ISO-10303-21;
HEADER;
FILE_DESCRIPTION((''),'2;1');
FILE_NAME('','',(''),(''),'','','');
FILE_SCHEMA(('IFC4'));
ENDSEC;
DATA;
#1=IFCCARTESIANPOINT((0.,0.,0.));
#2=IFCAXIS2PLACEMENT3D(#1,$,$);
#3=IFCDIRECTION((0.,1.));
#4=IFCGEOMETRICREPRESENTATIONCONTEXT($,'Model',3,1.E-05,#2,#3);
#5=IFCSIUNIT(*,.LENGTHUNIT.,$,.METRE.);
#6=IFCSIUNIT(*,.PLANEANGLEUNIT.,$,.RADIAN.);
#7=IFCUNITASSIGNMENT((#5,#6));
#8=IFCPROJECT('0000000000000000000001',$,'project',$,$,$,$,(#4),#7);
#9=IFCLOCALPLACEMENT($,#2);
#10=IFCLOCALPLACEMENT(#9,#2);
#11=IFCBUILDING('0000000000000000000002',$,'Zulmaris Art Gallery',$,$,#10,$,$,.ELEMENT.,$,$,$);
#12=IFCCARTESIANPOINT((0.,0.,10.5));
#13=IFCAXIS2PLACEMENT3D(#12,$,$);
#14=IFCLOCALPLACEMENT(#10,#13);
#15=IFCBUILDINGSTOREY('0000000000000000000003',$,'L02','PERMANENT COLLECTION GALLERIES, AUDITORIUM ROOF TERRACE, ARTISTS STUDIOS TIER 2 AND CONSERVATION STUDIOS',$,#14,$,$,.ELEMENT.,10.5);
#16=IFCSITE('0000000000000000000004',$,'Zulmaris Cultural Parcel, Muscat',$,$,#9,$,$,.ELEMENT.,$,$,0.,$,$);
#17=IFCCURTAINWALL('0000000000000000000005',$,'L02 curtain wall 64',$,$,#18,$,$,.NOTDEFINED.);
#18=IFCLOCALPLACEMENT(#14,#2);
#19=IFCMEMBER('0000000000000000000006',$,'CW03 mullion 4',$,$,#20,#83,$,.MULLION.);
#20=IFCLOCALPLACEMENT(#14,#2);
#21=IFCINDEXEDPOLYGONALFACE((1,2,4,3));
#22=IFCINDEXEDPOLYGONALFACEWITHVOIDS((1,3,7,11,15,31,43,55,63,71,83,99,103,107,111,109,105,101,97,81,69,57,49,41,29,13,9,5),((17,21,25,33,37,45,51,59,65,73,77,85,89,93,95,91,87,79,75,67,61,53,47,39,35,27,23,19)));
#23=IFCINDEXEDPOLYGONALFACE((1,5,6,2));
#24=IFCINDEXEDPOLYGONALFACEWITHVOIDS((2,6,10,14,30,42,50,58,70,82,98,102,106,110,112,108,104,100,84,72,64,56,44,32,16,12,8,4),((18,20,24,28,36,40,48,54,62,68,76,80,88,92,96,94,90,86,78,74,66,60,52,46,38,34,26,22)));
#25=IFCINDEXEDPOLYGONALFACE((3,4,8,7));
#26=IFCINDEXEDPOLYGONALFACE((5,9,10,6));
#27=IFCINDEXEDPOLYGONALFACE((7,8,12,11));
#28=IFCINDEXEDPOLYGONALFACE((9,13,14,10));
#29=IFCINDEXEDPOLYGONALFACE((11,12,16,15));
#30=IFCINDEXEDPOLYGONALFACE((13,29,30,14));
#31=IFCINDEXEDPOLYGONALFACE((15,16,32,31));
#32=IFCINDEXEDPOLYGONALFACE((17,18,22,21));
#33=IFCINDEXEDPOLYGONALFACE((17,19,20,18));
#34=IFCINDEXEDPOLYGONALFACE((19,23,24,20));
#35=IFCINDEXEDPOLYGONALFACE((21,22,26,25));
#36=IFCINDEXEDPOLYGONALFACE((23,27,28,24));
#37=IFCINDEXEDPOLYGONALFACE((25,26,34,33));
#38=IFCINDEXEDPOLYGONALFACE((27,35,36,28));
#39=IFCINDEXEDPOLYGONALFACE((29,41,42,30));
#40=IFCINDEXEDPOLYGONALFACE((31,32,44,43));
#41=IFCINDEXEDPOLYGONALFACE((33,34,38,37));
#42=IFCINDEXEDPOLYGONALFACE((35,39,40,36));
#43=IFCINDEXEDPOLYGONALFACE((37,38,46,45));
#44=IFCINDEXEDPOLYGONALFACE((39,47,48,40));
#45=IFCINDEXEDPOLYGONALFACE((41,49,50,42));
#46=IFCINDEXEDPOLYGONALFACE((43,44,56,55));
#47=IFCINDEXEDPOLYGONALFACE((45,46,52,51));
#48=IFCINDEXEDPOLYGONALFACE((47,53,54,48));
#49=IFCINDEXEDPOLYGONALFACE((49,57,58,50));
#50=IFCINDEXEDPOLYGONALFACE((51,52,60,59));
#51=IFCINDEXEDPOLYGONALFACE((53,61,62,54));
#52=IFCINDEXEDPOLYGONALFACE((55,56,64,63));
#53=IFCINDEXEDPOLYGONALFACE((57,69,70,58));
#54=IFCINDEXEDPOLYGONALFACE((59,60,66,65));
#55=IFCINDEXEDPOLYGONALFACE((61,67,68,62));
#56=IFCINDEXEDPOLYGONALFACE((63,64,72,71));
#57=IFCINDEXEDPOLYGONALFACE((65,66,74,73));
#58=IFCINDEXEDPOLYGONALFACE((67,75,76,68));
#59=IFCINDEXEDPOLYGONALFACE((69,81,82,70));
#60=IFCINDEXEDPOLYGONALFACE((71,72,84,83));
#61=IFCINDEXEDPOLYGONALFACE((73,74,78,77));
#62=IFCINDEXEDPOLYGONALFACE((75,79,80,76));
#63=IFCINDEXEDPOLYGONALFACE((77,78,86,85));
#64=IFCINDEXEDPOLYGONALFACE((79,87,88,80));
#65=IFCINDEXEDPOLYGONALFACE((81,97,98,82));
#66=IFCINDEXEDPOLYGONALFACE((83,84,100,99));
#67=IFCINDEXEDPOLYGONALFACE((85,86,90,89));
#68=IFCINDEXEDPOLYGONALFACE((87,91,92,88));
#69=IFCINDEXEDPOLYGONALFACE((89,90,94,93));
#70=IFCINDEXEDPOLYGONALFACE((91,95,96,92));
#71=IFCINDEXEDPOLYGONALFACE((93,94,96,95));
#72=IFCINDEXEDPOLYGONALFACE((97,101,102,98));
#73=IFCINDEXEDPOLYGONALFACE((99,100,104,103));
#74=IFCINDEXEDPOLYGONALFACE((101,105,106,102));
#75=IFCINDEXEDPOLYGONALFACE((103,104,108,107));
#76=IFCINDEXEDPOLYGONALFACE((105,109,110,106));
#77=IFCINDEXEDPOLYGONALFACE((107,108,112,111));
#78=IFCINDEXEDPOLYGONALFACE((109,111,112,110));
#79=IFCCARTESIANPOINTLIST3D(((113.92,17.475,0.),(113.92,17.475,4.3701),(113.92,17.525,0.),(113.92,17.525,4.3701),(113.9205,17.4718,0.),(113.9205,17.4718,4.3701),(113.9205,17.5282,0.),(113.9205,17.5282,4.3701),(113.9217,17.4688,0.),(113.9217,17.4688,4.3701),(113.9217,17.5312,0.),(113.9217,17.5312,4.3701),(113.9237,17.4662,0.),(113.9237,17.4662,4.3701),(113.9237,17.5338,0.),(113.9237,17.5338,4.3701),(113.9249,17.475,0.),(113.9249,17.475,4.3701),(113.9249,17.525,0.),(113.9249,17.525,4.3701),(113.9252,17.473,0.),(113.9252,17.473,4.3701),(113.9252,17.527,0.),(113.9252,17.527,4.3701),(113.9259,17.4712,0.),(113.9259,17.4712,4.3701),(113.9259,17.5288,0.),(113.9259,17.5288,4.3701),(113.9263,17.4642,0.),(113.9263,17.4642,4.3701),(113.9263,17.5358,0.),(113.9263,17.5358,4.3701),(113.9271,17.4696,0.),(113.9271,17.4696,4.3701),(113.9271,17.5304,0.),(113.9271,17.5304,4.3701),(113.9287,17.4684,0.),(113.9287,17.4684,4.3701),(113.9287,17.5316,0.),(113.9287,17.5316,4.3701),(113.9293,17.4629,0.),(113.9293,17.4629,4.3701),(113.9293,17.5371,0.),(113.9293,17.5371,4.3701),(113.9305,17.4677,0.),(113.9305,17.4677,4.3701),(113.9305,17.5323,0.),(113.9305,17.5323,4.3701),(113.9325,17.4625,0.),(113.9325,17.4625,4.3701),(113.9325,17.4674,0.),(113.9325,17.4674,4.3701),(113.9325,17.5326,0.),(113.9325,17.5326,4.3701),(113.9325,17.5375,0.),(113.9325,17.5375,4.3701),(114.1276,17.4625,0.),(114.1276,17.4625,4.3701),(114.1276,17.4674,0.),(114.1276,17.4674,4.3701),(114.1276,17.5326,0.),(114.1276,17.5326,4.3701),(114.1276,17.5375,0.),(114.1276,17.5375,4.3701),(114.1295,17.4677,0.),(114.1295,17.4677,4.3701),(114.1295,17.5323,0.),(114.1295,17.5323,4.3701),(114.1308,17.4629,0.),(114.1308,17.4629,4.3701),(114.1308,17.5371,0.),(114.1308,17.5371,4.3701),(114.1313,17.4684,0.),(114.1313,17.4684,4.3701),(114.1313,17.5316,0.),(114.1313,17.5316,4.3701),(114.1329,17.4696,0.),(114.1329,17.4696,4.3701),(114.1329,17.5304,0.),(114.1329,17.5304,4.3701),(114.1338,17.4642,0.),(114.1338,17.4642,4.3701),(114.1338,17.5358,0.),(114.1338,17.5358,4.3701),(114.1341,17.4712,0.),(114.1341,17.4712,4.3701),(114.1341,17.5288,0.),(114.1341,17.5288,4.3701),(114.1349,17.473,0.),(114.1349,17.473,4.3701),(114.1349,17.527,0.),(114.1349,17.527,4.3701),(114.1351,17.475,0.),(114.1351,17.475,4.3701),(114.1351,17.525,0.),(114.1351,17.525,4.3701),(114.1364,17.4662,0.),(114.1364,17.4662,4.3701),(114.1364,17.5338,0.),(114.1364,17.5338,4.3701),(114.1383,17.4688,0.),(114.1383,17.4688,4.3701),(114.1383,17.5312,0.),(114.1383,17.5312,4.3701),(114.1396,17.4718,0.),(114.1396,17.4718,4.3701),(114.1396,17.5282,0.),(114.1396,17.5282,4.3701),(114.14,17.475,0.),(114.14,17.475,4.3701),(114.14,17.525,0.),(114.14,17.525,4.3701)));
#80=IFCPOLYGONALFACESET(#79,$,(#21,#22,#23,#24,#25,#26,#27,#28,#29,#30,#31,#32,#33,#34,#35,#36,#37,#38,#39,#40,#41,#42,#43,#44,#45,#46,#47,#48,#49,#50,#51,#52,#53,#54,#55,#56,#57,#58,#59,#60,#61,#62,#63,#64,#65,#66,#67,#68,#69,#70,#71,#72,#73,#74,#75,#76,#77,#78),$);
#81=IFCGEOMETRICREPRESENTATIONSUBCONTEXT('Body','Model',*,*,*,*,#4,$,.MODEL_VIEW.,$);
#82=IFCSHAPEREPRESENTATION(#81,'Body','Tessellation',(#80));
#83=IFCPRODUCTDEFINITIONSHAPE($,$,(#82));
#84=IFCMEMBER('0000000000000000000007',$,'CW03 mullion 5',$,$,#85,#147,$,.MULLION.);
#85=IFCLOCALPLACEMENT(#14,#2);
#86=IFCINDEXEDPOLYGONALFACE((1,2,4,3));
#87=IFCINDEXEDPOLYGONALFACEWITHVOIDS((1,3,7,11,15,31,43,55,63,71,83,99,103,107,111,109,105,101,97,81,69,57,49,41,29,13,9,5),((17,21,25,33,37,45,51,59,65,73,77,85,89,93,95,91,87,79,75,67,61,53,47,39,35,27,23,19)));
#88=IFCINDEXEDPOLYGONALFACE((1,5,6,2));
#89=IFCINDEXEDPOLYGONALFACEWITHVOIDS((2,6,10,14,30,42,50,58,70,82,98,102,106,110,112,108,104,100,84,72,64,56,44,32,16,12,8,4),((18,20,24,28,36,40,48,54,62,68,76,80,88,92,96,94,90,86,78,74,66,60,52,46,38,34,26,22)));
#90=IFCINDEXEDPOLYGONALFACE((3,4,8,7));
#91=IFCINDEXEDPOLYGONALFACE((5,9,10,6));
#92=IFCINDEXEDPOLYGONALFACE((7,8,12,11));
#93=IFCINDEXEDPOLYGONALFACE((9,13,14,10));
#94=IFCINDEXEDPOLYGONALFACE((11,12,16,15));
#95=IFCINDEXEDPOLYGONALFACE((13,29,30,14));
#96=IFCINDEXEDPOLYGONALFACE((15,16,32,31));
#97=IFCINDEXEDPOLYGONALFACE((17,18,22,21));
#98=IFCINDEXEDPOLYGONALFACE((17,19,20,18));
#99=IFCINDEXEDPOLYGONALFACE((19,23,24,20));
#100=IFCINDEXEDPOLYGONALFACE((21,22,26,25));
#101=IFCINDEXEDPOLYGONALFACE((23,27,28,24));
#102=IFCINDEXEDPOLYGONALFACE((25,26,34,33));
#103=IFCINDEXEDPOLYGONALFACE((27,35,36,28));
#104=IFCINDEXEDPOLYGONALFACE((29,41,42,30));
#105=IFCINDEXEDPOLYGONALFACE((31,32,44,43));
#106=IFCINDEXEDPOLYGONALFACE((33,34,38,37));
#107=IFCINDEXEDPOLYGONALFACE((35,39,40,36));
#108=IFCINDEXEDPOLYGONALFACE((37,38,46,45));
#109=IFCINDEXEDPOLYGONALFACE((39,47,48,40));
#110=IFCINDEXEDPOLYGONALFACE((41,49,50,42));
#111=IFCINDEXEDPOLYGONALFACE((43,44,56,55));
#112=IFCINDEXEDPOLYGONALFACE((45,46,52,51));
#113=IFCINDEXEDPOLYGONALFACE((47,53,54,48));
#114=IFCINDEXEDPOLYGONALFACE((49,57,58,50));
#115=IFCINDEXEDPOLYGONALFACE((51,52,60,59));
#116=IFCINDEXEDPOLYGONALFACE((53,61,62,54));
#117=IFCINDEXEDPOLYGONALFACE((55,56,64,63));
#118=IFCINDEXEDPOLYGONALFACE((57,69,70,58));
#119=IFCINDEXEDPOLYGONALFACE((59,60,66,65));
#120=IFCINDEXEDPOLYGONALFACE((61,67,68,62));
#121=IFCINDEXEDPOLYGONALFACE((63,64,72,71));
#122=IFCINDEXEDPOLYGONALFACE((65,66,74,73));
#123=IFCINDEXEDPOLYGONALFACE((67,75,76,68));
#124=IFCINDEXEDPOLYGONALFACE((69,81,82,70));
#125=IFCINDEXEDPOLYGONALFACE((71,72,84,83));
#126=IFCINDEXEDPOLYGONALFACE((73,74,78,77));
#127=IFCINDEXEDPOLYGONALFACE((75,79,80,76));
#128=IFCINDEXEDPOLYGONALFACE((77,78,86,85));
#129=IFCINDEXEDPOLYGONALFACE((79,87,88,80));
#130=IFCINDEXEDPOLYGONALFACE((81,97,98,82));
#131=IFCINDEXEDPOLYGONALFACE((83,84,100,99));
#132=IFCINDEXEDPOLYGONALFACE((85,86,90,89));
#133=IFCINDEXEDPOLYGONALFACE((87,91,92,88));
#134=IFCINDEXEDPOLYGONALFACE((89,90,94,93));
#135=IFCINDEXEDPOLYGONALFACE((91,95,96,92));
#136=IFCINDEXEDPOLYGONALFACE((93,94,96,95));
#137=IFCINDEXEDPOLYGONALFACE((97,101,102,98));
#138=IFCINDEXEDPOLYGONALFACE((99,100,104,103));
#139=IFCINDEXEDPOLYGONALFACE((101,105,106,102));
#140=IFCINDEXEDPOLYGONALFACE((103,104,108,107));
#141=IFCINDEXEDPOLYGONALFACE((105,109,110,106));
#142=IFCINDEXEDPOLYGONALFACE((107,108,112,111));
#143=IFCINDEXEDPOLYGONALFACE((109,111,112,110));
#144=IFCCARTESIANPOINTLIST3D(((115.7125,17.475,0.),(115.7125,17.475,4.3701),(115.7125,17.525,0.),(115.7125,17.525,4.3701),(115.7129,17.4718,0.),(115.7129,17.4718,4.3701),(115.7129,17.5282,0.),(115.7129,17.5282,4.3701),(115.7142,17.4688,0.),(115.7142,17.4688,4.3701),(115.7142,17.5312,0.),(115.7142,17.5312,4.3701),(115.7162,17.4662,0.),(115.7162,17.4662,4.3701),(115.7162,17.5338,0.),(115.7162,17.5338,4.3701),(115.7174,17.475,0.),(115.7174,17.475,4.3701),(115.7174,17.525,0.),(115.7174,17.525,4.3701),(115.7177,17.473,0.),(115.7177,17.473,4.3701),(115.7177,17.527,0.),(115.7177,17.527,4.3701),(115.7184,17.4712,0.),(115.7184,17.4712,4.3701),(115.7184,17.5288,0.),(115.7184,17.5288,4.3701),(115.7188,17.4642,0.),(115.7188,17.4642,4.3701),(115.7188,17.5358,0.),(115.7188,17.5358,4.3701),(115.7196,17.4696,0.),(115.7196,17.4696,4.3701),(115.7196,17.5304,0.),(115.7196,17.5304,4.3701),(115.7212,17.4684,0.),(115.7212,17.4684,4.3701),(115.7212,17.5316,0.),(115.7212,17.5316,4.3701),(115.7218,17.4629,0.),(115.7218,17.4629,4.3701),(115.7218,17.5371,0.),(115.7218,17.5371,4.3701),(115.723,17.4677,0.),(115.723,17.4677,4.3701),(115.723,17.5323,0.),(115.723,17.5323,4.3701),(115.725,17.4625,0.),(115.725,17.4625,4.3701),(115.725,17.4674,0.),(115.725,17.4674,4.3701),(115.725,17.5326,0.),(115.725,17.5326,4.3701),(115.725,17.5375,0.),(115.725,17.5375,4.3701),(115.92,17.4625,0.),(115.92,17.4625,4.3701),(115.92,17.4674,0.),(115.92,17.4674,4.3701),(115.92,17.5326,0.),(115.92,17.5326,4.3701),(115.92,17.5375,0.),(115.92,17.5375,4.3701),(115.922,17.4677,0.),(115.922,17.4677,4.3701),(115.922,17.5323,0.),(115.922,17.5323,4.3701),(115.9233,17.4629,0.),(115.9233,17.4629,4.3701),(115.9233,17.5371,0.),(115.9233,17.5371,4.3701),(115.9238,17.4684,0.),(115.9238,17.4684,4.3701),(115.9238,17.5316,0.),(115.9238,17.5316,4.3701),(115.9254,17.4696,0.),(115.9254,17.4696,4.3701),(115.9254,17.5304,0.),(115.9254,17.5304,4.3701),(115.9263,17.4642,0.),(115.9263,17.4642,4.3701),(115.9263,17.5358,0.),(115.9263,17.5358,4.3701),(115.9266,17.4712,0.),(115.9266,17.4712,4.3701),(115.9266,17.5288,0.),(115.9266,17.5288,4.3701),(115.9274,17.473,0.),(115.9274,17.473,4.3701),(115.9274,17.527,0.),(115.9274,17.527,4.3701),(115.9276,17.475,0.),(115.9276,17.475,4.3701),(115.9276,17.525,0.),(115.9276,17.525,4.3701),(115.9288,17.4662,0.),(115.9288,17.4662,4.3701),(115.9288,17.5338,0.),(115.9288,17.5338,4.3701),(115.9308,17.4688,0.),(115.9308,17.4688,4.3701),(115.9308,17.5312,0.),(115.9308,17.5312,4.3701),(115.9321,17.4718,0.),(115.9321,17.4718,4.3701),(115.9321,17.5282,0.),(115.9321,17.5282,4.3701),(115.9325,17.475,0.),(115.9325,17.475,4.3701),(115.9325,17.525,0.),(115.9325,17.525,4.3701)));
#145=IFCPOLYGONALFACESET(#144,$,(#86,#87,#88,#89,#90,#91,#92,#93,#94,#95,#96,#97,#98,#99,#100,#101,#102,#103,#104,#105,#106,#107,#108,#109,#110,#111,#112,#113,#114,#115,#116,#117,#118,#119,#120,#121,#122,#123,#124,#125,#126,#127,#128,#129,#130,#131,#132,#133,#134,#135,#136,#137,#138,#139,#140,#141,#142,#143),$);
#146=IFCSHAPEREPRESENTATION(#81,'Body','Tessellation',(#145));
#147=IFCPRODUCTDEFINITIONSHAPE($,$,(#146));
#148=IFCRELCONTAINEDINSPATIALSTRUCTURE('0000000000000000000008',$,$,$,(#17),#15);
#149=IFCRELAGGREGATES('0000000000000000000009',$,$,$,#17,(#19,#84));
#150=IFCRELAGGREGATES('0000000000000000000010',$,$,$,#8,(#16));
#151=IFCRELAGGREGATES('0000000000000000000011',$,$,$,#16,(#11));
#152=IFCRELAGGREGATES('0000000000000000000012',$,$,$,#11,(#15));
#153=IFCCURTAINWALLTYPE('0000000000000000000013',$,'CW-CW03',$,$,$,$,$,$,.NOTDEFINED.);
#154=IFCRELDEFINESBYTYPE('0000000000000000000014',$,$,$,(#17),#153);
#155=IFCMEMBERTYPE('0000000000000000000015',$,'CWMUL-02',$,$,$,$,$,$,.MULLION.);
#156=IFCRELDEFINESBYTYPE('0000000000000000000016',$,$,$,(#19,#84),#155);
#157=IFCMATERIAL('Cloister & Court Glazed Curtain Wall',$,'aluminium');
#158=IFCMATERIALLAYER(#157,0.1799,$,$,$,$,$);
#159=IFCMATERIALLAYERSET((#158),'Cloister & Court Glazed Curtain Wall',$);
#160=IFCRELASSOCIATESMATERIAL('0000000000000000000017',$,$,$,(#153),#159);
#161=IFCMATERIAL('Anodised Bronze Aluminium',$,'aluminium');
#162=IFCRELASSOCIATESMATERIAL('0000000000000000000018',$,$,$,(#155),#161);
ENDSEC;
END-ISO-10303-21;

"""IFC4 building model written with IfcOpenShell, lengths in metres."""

from ifc_helpers import new_model, si_unit, direction, frame, origin, origin_2d, place, context, subcontext, project, spatial, hollow_rectangle, extrude, material, layer, layer_set, material_profile, profile_set, type_object, element, aggregate, save


model = new_model("IFC4")

# Units and contexts
model_context = context("Model", 3, precision=1e-05, world=origin(), true_north=direction((0.0, 1.0)))
body_context = subcontext(model_context, "Body", "Model", "MODEL_VIEW")
ifc_project = project(units=[si_unit("LENGTHUNIT", "METRE"), si_unit("PLANEANGLEUNIT", "RADIAN")], contexts=[model_context])

# Site, building, storey
site_placement = place(None, origin())
site = spatial("IfcSite", under=ifc_project, at=site_placement, Name="Zulmaris Cultural Parcel, Muscat", CompositionType="ELEMENT", RefElevation=0.0)
building_placement = place(site_placement, origin())
building = spatial("IfcBuilding", under=site, at=building_placement, Name="Zulmaris Art Gallery", CompositionType="ELEMENT")
storey_placement = place(building_placement, frame((0.0, 0.0, 10.5)))
storey = spatial("IfcBuildingStorey", under=building, at=storey_placement, Name="L02", Description="PERMANENT COLLECTION GALLERIES, AUDITORIUM ROOF TERRACE, ARTISTS STUDIOS TIER 2 AND CONSERVATION STUDIOS", CompositionType="ELEMENT", Elevation=10.5)

# Curtain wall, members
ifc_material_1 = material(Name="Cloister & Court Glazed Curtain Wall", Category="aluminium")
ifc_layer_1 = layer(ifc_material_1, 0.1799)
ifc_layer_set_1 = layer_set([ifc_layer_1], Name="Cloister & Court Glazed Curtain Wall")
curtain_wall_type = type_object("IfcCurtainWallType", Name="CW-CW03", PredefinedType="NOTDEFINED", material=ifc_layer_set_1)
curtain_wall_1_placement = place(storey_placement, origin())
curtain_wall_1 = element("IfcCurtainWall", 1, at=curtain_wall_1_placement, inside=storey, type_object=curtain_wall_type, Name="L02 curtain wall 64", PredefinedType="NOTDEFINED")
ifc_material_2 = material(Name="Anodised Bronze Aluminium", Category="aluminium")
ifc_material_profile_1 = material_profile(ifc_material_2, hollow_rectangle(XDim=0.075, YDim=0.22, WallThickness=0.0049, InnerFilletRadius=0.0076, OuterFilletRadius=0.0125, at=origin_2d()), Name="ALU 75x220x5")
ifc_profile_set_1 = profile_set([ifc_material_profile_1], Name="Anodised Bronze Aluminium")
member_type_1 = type_object("IfcMemberType", Name="CWMUL-02", PredefinedType="MULLION", material=ifc_profile_set_1)
member_1_placement = place(storey_placement, frame((114.03, 17.5, 0.0), z_axis=(0.0, 0.0, 1.0), x_axis=(0.0, 1.0, 0.0)))
member_1 = element("IfcMember", 2, at=member_1_placement, type_object=member_type_1, Name="CW03 mullion 4", PredefinedType="MULLION", context=body_context, shape_type="SweptSolid", body=[
    extrude(hollow_rectangle(XDim=0.075, YDim=0.22, WallThickness=0.0049, InnerFilletRadius=0.0076, OuterFilletRadius=0.0125, at=origin_2d()), origin(), (0.0, 0.0, 1.0), 4.3701),
])
member_2_placement = place(storey_placement, frame((115.8225, 17.5, 0.0), z_axis=(0.0, 0.0, 1.0), x_axis=(0.0, 1.0, 0.0)))
member_2 = element("IfcMember", 3, at=member_2_placement, type_object=member_type_1, Name="CW03 mullion 5", PredefinedType="MULLION", context=body_context, shape_type="SweptSolid", body=[
    extrude(hollow_rectangle(XDim=0.075, YDim=0.22, WallThickness=0.0049, InnerFilletRadius=0.0076, OuterFilletRadius=0.0125, at=origin_2d()), origin(), (0.0, 0.0, 1.0), 4.3701),
])

aggregate(curtain_wall_1, [member_1, member_2])

save(model, "model.ifc")
